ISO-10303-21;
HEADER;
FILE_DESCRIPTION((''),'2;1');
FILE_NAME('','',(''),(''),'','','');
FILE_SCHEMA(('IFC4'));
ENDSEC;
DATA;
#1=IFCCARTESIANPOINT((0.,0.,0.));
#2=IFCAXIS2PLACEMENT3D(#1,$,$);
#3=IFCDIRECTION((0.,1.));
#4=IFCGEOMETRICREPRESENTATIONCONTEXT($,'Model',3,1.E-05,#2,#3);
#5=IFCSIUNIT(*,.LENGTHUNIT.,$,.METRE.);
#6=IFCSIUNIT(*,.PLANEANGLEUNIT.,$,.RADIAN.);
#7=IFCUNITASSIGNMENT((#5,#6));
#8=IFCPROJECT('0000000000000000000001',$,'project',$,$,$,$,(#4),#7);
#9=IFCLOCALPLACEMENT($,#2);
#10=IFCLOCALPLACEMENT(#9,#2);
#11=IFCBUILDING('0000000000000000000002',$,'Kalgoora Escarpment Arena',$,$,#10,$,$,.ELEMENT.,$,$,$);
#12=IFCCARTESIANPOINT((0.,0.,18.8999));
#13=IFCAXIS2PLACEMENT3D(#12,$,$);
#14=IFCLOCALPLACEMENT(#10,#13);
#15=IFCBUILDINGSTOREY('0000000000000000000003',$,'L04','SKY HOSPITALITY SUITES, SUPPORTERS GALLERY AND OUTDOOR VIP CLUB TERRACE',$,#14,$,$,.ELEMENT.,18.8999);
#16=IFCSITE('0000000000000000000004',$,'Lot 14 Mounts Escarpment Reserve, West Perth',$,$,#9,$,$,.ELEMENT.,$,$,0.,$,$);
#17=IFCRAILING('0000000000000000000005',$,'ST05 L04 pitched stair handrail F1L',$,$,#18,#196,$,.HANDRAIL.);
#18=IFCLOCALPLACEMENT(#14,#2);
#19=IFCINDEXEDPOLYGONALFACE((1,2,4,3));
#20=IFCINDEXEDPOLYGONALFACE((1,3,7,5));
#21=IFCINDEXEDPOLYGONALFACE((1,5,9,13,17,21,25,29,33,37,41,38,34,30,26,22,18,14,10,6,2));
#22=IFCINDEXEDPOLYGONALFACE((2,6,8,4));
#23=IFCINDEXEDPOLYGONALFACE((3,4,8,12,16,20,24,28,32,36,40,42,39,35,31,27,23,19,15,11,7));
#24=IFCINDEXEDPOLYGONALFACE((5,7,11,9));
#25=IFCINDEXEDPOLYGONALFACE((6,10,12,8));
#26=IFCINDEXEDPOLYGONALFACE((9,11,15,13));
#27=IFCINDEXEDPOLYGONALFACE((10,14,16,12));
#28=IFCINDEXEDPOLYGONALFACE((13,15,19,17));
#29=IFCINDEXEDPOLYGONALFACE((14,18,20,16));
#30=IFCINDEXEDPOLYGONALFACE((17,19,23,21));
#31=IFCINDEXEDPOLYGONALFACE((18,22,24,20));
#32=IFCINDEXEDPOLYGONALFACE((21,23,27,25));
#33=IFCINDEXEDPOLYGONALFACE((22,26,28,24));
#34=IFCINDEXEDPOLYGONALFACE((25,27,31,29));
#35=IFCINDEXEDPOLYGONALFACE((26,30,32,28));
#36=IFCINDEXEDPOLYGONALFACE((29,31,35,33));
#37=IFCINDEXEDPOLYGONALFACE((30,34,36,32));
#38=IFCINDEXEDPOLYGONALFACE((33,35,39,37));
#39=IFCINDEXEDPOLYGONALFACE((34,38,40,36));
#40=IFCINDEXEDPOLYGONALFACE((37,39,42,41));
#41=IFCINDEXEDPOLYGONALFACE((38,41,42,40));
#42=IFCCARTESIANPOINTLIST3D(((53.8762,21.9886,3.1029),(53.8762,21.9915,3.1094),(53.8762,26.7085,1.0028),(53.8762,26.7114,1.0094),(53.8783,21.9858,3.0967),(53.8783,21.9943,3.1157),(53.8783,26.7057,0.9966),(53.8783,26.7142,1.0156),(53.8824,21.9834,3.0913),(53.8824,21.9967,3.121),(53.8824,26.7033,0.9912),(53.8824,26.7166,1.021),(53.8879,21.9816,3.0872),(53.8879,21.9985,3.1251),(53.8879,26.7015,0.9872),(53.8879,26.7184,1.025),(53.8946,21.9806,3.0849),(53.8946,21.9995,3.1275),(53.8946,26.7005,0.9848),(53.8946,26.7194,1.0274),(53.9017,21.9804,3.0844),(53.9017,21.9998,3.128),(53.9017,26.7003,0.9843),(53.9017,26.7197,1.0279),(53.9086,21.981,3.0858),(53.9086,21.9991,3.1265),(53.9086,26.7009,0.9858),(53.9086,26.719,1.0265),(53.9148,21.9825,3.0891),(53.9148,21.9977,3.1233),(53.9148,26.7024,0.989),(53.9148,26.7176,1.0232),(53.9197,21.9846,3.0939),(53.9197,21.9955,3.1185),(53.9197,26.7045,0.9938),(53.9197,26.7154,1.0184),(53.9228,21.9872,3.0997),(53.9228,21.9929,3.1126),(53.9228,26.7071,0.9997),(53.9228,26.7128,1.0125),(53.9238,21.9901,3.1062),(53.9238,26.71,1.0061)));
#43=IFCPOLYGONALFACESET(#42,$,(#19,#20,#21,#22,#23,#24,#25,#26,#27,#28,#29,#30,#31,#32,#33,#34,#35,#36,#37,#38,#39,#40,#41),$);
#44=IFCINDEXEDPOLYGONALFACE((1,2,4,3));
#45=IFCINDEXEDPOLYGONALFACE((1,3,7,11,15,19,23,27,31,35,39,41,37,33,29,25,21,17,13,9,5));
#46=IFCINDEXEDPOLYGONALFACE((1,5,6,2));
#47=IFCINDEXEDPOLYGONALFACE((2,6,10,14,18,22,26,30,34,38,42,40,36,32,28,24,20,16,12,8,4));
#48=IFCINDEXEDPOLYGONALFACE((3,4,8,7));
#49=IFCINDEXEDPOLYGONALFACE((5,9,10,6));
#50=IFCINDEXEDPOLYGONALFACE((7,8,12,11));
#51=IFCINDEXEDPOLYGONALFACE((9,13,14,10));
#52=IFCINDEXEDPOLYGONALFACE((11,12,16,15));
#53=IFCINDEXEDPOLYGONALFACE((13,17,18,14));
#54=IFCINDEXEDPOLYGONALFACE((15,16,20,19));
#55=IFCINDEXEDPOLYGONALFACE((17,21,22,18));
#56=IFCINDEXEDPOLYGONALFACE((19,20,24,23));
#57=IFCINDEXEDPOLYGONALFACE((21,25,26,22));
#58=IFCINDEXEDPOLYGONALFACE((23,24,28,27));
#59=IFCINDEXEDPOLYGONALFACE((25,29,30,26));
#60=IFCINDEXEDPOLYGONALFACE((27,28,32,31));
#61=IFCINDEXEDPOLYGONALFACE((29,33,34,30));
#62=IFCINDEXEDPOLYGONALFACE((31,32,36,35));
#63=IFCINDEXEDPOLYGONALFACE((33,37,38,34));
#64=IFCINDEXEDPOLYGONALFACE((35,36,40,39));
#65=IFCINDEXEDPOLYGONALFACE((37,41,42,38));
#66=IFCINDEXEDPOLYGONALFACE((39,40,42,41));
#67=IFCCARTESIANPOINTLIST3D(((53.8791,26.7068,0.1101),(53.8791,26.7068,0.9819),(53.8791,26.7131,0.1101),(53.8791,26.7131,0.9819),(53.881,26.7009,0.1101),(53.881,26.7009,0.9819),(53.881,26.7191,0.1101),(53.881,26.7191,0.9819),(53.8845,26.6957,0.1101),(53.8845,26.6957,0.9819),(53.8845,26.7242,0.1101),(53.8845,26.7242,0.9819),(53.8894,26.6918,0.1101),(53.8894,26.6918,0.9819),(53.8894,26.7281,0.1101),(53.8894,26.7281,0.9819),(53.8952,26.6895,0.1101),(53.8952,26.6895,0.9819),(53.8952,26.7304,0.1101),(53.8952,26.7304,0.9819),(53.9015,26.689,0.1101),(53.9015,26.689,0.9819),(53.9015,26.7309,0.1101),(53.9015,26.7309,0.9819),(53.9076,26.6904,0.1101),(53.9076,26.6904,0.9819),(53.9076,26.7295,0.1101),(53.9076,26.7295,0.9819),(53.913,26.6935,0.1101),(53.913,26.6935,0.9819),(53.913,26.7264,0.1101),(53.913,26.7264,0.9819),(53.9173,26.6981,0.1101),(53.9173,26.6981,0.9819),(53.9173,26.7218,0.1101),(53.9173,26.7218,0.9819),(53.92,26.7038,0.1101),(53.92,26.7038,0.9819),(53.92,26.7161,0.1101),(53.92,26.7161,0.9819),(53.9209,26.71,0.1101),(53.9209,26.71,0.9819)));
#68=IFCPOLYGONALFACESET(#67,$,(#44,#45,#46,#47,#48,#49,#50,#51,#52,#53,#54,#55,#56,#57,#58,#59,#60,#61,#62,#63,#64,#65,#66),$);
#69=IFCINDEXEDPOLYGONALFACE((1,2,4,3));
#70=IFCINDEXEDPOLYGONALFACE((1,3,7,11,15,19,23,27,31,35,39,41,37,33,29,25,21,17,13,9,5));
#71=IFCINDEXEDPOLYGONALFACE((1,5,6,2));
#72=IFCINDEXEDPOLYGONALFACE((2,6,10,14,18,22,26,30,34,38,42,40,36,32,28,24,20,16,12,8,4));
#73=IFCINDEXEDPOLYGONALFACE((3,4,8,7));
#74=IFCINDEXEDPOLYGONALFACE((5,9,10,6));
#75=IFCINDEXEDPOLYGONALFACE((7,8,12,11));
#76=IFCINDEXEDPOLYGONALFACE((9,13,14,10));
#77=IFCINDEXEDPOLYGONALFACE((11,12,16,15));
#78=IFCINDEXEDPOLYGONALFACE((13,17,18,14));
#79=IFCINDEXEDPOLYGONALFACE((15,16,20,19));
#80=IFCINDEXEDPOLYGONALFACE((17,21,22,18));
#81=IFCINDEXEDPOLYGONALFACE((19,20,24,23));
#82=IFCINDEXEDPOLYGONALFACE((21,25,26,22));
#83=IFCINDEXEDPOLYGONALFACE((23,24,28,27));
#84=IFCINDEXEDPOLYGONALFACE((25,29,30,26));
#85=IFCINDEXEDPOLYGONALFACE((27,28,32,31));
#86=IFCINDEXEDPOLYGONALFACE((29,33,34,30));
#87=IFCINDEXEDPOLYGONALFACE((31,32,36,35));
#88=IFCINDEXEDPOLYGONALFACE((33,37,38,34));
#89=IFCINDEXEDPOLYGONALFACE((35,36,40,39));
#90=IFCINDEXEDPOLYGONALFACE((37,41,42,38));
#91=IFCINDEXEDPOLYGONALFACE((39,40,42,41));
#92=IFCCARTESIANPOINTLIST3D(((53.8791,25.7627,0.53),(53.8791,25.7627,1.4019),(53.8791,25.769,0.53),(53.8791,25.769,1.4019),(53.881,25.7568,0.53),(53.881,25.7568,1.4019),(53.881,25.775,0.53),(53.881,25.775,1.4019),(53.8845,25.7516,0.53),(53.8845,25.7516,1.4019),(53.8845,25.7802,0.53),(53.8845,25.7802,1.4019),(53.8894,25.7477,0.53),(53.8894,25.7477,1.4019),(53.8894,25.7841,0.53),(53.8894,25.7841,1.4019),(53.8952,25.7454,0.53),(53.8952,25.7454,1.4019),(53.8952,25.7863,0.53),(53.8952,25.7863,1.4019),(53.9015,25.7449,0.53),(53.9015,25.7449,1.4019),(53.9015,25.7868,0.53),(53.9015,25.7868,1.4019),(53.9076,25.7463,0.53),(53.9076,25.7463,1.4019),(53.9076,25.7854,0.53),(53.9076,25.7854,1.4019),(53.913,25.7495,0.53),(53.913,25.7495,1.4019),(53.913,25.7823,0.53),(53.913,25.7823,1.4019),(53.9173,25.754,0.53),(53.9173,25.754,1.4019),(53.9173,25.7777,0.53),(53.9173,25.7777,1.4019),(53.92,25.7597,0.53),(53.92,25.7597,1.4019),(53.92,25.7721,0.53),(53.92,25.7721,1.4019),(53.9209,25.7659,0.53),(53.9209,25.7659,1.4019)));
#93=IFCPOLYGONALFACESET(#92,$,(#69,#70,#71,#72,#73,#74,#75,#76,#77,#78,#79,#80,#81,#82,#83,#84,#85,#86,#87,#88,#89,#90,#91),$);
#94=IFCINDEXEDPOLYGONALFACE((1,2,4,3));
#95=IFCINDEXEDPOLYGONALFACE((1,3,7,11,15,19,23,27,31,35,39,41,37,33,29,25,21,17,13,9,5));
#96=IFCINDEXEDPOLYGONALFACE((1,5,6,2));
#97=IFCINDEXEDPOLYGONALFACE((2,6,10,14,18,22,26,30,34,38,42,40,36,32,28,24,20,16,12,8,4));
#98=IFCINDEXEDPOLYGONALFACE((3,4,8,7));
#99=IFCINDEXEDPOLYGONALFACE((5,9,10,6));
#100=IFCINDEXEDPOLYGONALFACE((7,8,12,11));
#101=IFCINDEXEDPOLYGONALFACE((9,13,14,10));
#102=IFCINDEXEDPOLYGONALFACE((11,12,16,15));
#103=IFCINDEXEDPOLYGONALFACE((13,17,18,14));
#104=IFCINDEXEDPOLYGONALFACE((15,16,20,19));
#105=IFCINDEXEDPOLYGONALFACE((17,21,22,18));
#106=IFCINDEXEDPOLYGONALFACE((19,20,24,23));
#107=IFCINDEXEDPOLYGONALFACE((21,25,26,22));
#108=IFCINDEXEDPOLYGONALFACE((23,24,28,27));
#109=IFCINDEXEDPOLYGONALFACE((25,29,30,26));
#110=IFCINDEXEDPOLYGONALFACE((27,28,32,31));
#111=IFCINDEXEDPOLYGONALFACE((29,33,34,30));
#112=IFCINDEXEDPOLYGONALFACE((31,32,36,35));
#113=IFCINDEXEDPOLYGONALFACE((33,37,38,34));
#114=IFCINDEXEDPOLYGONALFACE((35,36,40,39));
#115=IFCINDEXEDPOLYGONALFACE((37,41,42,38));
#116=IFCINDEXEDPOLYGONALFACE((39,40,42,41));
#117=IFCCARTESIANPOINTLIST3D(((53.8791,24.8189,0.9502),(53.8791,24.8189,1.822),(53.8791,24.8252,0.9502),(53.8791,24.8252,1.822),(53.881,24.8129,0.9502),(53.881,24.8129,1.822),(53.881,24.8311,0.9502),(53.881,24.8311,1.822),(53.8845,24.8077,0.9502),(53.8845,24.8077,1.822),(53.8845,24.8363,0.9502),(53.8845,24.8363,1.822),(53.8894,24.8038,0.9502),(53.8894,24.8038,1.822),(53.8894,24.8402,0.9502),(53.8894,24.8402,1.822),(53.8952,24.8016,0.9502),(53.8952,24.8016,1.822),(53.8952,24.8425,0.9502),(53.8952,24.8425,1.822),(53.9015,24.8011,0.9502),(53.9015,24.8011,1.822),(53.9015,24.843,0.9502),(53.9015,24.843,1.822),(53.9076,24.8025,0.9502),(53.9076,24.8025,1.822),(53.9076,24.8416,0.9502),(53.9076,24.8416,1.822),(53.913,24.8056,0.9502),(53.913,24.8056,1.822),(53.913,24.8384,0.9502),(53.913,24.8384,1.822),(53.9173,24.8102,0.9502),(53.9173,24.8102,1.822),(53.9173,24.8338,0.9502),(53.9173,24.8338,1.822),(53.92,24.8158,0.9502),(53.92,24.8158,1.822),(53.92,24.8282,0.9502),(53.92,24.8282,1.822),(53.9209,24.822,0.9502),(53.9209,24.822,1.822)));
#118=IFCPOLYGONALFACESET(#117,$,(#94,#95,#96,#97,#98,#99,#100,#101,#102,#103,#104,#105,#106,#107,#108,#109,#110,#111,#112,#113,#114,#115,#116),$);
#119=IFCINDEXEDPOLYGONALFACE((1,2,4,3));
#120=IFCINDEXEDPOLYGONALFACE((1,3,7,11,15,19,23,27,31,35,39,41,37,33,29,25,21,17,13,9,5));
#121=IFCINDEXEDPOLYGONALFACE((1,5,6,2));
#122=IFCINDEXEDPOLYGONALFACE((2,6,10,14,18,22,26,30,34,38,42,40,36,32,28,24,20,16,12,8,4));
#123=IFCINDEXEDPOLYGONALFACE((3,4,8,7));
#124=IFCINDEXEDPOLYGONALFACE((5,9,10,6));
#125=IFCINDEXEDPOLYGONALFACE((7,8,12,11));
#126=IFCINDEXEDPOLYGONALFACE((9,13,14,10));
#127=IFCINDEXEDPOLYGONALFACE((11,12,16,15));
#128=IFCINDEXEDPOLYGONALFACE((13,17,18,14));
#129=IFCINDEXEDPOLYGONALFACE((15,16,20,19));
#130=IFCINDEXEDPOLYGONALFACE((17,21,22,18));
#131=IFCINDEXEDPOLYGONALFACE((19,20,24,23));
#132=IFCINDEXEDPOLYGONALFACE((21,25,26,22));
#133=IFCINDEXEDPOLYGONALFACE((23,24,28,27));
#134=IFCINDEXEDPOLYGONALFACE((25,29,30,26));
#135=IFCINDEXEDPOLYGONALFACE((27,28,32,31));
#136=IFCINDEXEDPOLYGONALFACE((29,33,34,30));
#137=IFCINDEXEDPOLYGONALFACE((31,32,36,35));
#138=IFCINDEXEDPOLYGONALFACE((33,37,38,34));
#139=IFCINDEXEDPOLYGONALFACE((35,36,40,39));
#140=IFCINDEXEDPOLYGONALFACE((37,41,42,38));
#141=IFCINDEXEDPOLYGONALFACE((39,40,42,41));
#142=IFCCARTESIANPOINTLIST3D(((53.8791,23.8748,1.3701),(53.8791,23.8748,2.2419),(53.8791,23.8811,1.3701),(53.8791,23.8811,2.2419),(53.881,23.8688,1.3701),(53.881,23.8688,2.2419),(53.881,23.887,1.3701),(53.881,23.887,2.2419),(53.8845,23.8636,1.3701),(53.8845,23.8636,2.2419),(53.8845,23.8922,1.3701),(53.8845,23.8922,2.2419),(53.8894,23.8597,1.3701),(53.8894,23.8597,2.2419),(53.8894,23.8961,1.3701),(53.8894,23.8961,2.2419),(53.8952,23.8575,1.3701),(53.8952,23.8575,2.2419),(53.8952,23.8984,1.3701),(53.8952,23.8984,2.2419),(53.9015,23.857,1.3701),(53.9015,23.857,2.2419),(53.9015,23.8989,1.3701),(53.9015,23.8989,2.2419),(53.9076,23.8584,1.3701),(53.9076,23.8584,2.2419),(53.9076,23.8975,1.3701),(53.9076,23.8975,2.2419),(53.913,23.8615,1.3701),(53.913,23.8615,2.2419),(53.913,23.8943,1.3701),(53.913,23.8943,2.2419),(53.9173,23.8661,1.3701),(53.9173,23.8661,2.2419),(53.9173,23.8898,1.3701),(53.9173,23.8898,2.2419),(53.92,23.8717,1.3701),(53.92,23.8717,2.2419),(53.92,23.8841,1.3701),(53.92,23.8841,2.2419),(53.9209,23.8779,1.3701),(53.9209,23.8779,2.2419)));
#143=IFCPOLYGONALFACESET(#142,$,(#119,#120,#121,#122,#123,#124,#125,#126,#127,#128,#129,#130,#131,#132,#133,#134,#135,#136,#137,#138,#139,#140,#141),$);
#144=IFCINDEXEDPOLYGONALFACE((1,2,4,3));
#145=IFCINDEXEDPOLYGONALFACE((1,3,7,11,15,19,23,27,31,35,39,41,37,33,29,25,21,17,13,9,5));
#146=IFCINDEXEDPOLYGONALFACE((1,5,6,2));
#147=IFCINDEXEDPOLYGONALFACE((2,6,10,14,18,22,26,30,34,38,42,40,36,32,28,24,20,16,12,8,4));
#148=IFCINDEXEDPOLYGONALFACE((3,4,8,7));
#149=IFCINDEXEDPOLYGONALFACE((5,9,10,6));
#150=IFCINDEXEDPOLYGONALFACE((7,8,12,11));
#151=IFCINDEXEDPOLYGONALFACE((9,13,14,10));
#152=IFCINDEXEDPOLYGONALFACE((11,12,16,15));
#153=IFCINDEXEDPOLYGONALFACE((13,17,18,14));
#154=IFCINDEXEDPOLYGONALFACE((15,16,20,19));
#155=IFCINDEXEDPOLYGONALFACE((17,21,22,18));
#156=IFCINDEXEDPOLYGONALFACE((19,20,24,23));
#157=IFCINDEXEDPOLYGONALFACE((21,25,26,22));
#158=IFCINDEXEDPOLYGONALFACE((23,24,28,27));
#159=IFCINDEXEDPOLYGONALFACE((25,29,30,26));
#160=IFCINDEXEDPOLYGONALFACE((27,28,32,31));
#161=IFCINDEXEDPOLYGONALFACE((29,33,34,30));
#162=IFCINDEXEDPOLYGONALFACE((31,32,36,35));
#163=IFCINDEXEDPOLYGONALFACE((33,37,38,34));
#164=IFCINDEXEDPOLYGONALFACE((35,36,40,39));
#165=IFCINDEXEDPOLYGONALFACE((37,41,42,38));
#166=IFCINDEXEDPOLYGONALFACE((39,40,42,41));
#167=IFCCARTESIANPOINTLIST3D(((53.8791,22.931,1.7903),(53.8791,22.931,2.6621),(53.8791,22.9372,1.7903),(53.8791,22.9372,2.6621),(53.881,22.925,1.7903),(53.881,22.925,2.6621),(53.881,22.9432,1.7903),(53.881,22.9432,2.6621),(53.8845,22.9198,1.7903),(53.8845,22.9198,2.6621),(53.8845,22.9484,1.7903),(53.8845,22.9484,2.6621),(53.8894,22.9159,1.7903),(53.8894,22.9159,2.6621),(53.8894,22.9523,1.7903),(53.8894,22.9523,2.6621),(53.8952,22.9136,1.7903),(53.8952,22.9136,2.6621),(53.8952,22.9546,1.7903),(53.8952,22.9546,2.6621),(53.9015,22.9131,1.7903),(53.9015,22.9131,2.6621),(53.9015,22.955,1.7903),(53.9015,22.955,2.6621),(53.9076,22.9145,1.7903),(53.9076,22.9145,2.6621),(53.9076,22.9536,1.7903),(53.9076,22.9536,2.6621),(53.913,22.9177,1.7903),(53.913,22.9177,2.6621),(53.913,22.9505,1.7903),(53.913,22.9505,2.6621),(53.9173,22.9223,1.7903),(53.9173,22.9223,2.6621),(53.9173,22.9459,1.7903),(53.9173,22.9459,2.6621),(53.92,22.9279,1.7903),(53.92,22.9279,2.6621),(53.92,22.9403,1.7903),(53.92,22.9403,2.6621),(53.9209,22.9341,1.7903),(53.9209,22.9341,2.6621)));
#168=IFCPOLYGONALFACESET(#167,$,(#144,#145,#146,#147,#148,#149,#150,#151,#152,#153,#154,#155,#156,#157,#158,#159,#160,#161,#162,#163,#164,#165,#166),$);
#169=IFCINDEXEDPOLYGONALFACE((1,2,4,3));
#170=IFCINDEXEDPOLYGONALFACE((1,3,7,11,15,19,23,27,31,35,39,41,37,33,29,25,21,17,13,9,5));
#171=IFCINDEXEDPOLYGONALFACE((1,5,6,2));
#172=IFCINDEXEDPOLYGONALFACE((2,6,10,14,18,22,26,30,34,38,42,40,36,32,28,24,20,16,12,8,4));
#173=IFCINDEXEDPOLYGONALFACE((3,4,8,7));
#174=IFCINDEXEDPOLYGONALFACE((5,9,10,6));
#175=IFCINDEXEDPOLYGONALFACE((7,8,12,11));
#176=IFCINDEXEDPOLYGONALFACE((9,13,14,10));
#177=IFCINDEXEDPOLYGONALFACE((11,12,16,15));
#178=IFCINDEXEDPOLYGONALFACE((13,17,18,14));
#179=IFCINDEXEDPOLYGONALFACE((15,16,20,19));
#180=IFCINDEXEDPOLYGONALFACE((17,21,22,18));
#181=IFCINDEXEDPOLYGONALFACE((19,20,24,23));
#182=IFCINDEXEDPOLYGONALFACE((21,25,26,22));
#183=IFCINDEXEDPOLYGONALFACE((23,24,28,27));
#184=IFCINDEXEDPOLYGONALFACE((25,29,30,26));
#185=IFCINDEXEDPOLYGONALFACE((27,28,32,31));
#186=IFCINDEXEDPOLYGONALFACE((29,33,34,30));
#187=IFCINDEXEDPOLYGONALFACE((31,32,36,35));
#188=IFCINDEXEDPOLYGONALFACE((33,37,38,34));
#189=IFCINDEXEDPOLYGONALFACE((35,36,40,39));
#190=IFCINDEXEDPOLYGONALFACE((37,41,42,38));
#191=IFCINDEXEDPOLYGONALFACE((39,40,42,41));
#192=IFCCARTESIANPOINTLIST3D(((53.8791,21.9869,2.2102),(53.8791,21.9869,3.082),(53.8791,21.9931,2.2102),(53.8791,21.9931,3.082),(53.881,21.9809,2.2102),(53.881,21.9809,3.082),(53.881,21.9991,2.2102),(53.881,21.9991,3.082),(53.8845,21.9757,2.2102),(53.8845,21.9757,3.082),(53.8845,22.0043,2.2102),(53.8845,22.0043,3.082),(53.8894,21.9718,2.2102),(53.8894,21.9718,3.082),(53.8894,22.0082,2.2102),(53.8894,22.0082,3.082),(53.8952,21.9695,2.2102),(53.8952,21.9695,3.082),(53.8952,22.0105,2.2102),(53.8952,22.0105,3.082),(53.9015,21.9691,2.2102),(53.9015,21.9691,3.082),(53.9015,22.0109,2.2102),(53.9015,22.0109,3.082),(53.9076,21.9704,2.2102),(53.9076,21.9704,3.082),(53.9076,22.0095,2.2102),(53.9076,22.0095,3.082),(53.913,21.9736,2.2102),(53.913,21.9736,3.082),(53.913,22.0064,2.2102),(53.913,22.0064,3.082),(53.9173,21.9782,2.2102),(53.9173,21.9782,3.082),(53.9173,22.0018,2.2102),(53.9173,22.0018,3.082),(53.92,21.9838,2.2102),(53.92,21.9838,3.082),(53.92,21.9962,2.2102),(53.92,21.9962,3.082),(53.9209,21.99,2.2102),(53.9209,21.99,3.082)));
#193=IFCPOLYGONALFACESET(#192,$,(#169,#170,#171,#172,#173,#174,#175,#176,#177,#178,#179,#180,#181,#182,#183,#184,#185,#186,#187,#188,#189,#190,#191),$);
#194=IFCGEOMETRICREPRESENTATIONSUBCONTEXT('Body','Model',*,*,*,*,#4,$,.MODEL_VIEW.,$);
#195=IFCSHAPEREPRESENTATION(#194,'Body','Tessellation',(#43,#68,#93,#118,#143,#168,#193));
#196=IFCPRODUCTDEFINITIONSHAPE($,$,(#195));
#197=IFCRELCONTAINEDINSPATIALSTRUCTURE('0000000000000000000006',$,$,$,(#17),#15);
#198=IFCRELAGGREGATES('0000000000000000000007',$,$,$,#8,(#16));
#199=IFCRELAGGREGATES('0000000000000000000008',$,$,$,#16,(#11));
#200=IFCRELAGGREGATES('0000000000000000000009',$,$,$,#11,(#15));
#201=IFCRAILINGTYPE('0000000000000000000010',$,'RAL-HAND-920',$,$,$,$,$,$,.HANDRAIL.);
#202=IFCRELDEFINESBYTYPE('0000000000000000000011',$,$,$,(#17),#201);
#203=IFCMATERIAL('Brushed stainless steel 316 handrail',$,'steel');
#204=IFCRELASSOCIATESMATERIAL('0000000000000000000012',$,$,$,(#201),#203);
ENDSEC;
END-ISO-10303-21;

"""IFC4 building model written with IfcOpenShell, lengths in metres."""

from ifc_helpers import new_model, si_unit, direction, frame, origin, origin_2d, place, context, subcontext, project, spatial, circle, extrude, material, type_object, element, save


model = new_model("IFC4")

# Units and contexts
model_context = context("Model", 3, precision=1e-05, world=origin(), true_north=direction((0.0, 1.0)))
body_context = subcontext(model_context, "Body", "Model", "MODEL_VIEW")
ifc_project = project(units=[si_unit("LENGTHUNIT", "METRE"), si_unit("PLANEANGLEUNIT", "RADIAN")], contexts=[model_context])

# Site, building, storey
site_placement = place(None, origin())
site = spatial("IfcSite", under=ifc_project, at=site_placement, Name="Lot 14 Mounts Escarpment Reserve, West Perth", CompositionType="ELEMENT", RefElevation=0.0)
building_placement = place(site_placement, origin())
building = spatial("IfcBuilding", under=site, at=building_placement, Name="Kalgoora Escarpment Arena", CompositionType="ELEMENT")
storey_placement = place(building_placement, frame((0.0, 0.0, 18.8999)))
storey = spatial("IfcBuildingStorey", under=building, at=storey_placement, Name="L04", Description="SKY HOSPITALITY SUITES, SUPPORTERS GALLERY AND OUTDOOR VIP CLUB TERRACE", CompositionType="ELEMENT", Elevation=18.8999)

# Railing
ifc_material_1 = material(Name="Brushed stainless steel 316 handrail", Category="steel")
railing_type_1 = type_object("IfcRailingType", Name="RAL-HAND-920", PredefinedType="HANDRAIL", material=ifc_material_1)
for number, where, name in (
    (1, (53.8999, 26.71, 0.1101), "ST05 L04 pitched stair handrail F1L"),
):
    element("IfcRailing", number, at=place(storey_placement, frame(where)), inside=storey, type_object=railing_type_1, Name=name, PredefinedType="HANDRAIL", context=body_context, shape_type="SweptSolid", body=[
        extrude(circle(Radius=0.0239, at=origin_2d()), frame((0.0, 0.0, 0.896), z_axis=(0.0, -0.913644, 0.406516), x_axis=(1.0, 0.0, 0.0)), (0.0, 0.0, 1.0), 5.166),
        extrude(circle(Radius=0.021, at=origin_2d()), origin(), (0.0, 0.0, 1.0), 0.8718),
        extrude(circle(Radius=0.021, at=origin_2d()), frame((0.0, -0.9441, 0.4199)), (0.0, 0.0, 1.0), 0.8718),
        extrude(circle(Radius=0.021, at=origin_2d()), frame((0.0, -1.8879, 0.8401)), (0.0, 0.0, 1.0), 0.8718),
        extrude(circle(Radius=0.021, at=origin_2d()), frame((0.0, -2.832, 1.26)), (0.0, 0.0, 1.0), 0.8718),
        extrude(circle(Radius=0.021, at=origin_2d()), frame((0.0, -3.7759, 1.6802)), (0.0, 0.0, 1.0), 0.8718),
        extrude(circle(Radius=0.021, at=origin_2d()), frame((0.0, -4.72, 2.1001)), (0.0, 0.0, 1.0), 0.8718),
    ])

save(model, "model.ifc")
